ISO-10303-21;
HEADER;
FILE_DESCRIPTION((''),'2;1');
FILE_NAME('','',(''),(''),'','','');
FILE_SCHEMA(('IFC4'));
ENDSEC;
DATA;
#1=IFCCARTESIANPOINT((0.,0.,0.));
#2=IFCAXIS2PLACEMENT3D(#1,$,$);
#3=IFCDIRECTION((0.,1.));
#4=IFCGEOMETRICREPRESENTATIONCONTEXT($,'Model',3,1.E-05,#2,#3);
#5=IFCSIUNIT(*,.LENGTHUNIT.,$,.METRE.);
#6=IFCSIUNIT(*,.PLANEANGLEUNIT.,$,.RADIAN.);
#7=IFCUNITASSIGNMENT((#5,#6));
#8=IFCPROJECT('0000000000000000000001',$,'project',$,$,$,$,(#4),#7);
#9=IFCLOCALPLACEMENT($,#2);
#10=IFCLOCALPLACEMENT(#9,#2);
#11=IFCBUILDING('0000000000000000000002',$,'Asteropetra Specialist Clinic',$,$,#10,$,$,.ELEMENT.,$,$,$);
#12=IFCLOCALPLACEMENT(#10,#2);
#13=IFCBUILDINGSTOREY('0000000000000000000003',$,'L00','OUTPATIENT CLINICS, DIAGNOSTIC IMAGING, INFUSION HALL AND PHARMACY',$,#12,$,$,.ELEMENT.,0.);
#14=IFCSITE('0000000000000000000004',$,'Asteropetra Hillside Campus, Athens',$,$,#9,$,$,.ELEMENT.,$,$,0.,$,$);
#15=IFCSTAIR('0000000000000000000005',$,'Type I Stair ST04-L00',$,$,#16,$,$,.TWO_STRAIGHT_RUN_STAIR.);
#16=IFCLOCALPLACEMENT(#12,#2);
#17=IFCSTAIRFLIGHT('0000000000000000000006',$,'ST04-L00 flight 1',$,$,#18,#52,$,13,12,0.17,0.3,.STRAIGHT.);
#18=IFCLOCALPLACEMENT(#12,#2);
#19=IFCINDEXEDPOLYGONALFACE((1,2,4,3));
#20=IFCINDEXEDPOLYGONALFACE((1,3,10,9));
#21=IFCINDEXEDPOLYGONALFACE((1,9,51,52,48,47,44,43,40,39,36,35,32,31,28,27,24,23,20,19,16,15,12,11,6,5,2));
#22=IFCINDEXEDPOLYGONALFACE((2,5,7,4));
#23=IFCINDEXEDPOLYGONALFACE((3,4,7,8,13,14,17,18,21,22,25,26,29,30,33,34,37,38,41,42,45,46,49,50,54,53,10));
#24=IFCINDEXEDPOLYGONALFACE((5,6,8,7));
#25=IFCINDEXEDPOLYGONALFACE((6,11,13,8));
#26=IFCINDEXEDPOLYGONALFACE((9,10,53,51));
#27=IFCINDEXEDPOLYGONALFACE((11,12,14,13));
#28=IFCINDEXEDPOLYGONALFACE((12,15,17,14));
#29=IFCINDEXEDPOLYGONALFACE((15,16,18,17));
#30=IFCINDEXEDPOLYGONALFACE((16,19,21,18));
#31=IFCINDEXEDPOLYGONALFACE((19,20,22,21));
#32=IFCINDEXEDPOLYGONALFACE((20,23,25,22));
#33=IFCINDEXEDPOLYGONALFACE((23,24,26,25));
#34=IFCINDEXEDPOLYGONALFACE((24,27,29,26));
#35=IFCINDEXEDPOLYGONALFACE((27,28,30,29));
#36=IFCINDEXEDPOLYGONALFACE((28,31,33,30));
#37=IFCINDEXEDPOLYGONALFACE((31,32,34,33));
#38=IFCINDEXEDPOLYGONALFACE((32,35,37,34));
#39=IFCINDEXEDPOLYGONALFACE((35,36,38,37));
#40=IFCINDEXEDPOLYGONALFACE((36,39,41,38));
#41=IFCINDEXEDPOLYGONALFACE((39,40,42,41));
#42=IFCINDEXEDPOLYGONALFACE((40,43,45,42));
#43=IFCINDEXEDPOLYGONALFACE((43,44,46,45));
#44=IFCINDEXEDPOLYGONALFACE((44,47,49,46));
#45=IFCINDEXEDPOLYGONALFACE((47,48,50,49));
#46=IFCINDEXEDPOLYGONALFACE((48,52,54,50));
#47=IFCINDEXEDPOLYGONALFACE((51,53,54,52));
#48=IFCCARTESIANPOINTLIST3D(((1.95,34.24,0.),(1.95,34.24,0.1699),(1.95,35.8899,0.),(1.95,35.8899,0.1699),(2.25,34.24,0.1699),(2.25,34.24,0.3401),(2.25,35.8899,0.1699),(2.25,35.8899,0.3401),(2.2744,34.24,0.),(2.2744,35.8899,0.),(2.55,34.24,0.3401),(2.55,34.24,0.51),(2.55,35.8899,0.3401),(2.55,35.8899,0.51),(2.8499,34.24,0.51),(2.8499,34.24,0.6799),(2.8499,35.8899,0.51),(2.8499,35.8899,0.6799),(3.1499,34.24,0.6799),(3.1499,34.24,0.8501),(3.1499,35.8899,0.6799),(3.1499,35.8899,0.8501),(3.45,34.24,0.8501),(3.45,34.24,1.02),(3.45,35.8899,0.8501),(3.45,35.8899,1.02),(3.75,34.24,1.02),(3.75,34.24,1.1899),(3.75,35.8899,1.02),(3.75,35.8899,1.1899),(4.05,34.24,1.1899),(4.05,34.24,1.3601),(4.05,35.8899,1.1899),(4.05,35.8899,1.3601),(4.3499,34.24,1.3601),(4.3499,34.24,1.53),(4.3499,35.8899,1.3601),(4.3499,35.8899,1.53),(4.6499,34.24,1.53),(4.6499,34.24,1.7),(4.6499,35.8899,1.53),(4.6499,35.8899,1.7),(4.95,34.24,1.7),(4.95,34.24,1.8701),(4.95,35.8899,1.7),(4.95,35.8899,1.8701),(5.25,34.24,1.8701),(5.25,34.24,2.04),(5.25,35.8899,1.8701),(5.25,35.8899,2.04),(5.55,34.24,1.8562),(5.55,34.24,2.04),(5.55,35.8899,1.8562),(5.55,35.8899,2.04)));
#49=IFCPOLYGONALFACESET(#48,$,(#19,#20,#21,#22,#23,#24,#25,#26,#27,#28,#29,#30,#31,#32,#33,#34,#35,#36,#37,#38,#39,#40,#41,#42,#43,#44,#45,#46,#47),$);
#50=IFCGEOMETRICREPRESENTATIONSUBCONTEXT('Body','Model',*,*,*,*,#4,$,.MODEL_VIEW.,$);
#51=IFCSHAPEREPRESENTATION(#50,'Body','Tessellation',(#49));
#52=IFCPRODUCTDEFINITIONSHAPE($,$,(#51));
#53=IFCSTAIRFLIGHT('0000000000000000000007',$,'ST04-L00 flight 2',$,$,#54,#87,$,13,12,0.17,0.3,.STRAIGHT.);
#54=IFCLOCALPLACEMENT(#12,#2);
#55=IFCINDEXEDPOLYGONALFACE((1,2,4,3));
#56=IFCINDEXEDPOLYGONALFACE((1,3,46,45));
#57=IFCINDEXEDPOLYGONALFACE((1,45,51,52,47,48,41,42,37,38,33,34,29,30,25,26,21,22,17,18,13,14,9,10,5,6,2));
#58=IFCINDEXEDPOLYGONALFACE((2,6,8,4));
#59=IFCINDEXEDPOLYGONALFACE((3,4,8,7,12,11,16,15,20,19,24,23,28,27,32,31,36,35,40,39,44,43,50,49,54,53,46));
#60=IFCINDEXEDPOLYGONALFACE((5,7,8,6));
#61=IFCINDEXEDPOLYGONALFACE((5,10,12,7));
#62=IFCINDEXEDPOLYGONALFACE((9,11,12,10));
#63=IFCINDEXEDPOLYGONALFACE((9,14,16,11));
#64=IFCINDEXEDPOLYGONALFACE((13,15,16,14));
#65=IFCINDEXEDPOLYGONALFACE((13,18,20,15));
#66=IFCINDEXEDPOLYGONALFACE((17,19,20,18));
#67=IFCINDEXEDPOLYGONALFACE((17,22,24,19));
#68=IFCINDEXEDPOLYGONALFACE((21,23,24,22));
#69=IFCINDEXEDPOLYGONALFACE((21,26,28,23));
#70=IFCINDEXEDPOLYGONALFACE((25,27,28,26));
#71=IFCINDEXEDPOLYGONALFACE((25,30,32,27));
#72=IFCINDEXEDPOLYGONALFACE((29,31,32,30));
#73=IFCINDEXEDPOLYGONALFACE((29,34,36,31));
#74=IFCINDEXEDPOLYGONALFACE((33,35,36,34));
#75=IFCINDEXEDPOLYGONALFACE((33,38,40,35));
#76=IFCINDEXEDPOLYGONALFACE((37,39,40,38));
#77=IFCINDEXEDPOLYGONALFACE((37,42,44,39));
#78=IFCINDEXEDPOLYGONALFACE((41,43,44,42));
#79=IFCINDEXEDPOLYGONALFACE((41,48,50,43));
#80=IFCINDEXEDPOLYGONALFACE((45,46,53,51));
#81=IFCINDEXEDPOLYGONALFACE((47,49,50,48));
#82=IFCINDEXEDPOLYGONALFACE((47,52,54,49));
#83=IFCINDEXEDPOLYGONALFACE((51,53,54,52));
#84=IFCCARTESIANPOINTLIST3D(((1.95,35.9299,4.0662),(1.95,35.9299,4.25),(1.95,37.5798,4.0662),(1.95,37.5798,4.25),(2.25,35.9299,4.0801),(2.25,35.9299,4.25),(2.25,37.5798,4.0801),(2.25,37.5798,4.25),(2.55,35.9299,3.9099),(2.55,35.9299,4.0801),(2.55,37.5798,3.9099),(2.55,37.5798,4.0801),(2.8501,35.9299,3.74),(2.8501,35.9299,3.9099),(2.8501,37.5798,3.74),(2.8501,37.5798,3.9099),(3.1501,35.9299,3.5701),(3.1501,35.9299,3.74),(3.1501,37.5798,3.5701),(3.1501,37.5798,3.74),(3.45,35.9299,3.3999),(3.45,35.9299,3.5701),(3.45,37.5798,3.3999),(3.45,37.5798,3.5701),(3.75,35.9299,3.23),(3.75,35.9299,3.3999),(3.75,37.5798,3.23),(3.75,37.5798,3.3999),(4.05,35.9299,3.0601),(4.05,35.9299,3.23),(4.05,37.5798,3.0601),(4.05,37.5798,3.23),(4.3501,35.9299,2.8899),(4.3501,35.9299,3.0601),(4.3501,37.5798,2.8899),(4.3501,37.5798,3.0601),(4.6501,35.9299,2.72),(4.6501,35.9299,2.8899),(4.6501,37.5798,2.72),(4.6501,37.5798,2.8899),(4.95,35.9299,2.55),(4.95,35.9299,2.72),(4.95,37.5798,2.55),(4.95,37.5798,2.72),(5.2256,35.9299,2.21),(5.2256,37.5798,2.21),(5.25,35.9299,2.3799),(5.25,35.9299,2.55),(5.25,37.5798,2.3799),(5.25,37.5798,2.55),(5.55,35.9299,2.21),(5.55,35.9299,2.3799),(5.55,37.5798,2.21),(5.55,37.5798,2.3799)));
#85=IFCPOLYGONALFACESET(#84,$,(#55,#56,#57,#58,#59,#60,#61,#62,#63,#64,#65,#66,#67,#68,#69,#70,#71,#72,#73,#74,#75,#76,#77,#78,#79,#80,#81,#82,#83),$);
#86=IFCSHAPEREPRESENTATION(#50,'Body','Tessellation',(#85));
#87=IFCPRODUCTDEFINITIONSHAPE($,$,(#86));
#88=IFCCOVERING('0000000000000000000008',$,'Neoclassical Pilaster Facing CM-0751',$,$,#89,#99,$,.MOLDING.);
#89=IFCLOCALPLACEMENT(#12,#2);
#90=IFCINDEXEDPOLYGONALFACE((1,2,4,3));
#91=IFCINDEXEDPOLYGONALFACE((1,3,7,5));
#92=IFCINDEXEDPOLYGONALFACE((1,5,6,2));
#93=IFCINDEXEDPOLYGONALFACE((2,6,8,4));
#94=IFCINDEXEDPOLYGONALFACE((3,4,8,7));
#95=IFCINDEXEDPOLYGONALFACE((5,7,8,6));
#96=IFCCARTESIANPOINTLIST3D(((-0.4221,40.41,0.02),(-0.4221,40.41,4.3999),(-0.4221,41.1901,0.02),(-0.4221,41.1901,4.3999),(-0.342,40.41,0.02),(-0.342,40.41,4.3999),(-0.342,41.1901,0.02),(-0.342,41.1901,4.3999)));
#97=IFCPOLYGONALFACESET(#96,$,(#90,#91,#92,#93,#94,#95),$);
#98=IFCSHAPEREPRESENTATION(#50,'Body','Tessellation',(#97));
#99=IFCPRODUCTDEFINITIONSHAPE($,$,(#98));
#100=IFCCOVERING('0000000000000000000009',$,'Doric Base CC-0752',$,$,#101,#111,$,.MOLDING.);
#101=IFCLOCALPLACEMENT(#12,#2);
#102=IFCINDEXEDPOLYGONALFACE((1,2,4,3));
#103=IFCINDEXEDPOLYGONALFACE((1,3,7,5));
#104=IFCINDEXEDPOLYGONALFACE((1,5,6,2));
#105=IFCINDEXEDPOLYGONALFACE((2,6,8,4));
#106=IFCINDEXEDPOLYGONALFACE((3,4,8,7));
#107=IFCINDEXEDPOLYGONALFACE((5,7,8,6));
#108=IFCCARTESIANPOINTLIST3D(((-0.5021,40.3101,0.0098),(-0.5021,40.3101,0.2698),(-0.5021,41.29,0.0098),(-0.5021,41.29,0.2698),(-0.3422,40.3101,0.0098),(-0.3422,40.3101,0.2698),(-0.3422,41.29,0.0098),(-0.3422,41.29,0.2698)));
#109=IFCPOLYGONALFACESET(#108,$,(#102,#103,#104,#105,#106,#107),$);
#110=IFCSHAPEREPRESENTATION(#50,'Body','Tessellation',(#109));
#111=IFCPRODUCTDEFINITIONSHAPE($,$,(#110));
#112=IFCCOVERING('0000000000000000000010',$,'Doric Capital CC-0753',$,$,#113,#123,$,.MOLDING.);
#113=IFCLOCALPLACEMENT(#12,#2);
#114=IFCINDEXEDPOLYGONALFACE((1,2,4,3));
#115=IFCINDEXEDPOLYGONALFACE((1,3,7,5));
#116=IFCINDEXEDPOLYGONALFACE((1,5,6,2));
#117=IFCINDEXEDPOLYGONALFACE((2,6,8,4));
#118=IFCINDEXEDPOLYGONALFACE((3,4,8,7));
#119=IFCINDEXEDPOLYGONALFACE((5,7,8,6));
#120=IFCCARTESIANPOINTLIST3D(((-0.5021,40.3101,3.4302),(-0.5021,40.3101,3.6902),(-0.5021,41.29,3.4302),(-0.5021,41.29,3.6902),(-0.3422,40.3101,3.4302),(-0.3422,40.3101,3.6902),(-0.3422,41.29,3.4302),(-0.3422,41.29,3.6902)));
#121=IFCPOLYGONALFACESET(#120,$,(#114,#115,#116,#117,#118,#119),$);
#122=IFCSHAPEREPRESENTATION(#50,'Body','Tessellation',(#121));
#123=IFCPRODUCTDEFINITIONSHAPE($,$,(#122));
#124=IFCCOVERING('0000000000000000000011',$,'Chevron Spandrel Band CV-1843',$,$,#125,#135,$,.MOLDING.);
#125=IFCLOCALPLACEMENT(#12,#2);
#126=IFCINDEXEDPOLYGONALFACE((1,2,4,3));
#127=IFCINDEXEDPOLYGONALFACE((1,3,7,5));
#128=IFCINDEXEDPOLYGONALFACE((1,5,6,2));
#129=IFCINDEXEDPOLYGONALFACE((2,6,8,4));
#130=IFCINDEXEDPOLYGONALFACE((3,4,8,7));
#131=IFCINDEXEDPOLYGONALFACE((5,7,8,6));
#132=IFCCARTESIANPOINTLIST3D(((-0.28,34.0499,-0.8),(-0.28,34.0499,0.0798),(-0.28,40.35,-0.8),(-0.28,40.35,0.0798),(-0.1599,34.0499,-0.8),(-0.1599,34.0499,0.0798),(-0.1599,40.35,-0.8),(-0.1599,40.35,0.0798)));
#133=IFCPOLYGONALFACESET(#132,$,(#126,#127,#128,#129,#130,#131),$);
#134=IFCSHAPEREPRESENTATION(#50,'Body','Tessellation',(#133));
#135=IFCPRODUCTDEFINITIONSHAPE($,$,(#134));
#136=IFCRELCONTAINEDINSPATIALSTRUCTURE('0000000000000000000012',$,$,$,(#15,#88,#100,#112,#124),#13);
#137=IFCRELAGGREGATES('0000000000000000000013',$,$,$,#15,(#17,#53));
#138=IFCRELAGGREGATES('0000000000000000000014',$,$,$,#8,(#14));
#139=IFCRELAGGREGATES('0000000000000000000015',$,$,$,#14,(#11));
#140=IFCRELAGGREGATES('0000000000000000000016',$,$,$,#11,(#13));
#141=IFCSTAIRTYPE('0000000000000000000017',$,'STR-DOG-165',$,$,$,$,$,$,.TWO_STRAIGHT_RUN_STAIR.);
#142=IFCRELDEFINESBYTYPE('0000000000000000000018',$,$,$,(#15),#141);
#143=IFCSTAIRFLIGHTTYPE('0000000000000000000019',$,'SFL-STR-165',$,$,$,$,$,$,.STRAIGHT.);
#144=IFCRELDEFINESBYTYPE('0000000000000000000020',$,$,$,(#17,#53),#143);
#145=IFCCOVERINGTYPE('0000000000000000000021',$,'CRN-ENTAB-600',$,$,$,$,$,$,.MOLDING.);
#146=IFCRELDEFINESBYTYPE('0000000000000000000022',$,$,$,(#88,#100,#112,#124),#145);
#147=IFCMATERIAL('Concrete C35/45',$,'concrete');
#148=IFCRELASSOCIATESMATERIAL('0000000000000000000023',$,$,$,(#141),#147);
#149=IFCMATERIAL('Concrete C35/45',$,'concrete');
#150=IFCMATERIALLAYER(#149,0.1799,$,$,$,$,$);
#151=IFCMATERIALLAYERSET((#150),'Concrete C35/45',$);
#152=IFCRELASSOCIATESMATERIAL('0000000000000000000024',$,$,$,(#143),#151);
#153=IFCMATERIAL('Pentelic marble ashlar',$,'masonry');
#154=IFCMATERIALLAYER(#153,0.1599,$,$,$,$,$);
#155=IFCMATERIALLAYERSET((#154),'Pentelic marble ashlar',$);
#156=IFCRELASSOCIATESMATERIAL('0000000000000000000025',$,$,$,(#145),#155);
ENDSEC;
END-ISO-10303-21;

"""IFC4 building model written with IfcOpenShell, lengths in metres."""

from ifc_helpers import new_model, si_unit, direction, frame, origin, origin_2d, place, context, subcontext, project, spatial, polyline, rectangle, outline, extrude, material, layer, layer_set, type_object, element, aggregate, save


model = new_model("IFC4")

# Units and contexts
model_context = context("Model", 3, precision=1e-05, world=origin(), true_north=direction((0.0, 1.0)))
body_context = subcontext(model_context, "Body", "Model", "MODEL_VIEW")
ifc_project = project(units=[si_unit("LENGTHUNIT", "METRE"), si_unit("PLANEANGLEUNIT", "RADIAN")], contexts=[model_context])

# Site, building, storey
site_placement = place(None, origin())
site = spatial("IfcSite", under=ifc_project, at=site_placement, Name="Asteropetra Hillside Campus, Athens", CompositionType="ELEMENT", RefElevation=0.0)
building_placement = place(site_placement, origin())
building = spatial("IfcBuilding", under=site, at=building_placement, Name="Asteropetra Specialist Clinic", CompositionType="ELEMENT")
storey_placement = place(building_placement, origin())
storey = spatial("IfcBuildingStorey", under=building, at=storey_placement, Name="L00", Description="OUTPATIENT CLINICS, DIAGNOSTIC IMAGING, INFUSION HALL AND PHARMACY", CompositionType="ELEMENT", Elevation=0.0)

# Stair, stair flights
ifc_material_1 = material(Name="Concrete C35/45", Category="concrete")
stair_type = type_object("IfcStairType", Name="STR-DOG-165", PredefinedType="TWO_STRAIGHT_RUN_STAIR", material=ifc_material_1)
stair_placement = place(storey_placement, origin())
stair = element("IfcStair", 1, at=stair_placement, inside=storey, type_object=stair_type, Name="Type I Stair ST04-L00", PredefinedType="TWO_STRAIGHT_RUN_STAIR")
ifc_material_2 = material(Name="Concrete C35/45", Category="concrete")
ifc_layer_1 = layer(ifc_material_2, 0.1799)
ifc_layer_set_1 = layer_set([ifc_layer_1], Name="Concrete C35/45")
stair_flight_type = type_object("IfcStairFlightType", Name="SFL-STR-165", PredefinedType="STRAIGHT", material=ifc_layer_set_1)
stair_flight_1_placement = place(storey_placement, frame((1.95, 35.0649, 0.0), z_axis=(0.0, 0.0, 1.0), x_axis=(1.0, 0.0, 0.0)))
stair_flight_1 = element("IfcStairFlight", 2, at=stair_flight_1_placement, type_object=stair_flight_type, Name="ST04-L00 flight 1", NumberOfRisers=13, NumberOfTreads=12, PredefinedType="STRAIGHT", RiserHeight=0.17, TreadLength=0.3, context=body_context, shape_type="SweptSolid", body=[
    extrude(outline(polyline([(0.0, 0.0), (0.0, 0.1699), (0.3, 0.1699), (0.3, 0.3401), (0.6001, 0.3401), (0.6001, 0.51), (0.8999, 0.51), (0.8999, 0.6799), (1.2, 0.6799), (1.2, 0.8501), (1.5, 0.8501), (1.5, 1.02), (1.8, 1.02), (1.8, 1.1899), (2.1001, 1.1899), (2.1001, 1.3601), (2.3999, 1.3601), (2.3999, 1.53), (2.7, 1.53), (2.7, 1.7), (3.0, 1.7), (3.0, 1.8701), (3.3, 1.8701), (3.3, 2.04), (3.6001, 2.04), (3.6001, 2.21), (3.6001, 1.8562), (0.3245, 0.0), (0.0, 0.0)])), frame((0.0, 0.825, 0.0), z_axis=(0.0, -1.0, 0.0), x_axis=(1.0, 0.0, 0.0)), (0.0, 0.0, 1.0), 1.6499),
])
stair_flight_2_placement = place(storey_placement, frame((5.55, 36.7549, 2.21), z_axis=(0.0, 0.0, 1.0), x_axis=(-1.0, 0.0, 0.0)))
stair_flight_2 = element("IfcStairFlight", 3, at=stair_flight_2_placement, type_object=stair_flight_type, Name="ST04-L00 flight 2", NumberOfRisers=13, NumberOfTreads=12, PredefinedType="STRAIGHT", RiserHeight=0.17, TreadLength=0.3, context=body_context, shape_type="SweptSolid", body=[
    extrude(outline(polyline([(0.0, 0.0), (0.0, 0.1699), (0.3, 0.1699), (0.3, 0.3401), (0.6001, 0.3401), (0.6001, 0.51), (0.8999, 0.51), (0.8999, 0.6799), (1.2, 0.6799), (1.2, 0.8501), (1.5, 0.8501), (1.5, 1.02), (1.8, 1.02), (1.8, 1.1899), (2.1001, 1.1899), (2.1001, 1.3601), (2.3999, 1.3601), (2.3999, 1.53), (2.7, 1.53), (2.7, 1.7), (3.0, 1.7), (3.0, 1.8701), (3.3, 1.8701), (3.3, 2.04), (3.6001, 2.04), (3.6001, 2.21), (3.6001, 1.8562), (0.3245, 0.0), (0.0, 0.0)])), frame((0.0, 0.825, 0.0), z_axis=(0.0, -1.0, 0.0), x_axis=(1.0, 0.0, 0.0)), (0.0, 0.0, 1.0), 1.6499),
])
aggregate(stair, [stair_flight_1, stair_flight_2])

# Coverings
ifc_material_3 = material(Name="Pentelic marble ashlar", Category="masonry")
ifc_layer_2 = layer(ifc_material_3, 0.1599)
ifc_layer_set_2 = layer_set([ifc_layer_2], Name="Pentelic marble ashlar")
covering_type = type_object("IfcCoveringType", Name="CRN-ENTAB-600", PredefinedType="MOLDING", material=ifc_layer_set_2)
covering_1_placement = place(storey_placement, frame((-0.3821, 40.8, 0.02), z_axis=(0.0, 0.0, 1.0), x_axis=(1.0, 0.0, 0.0)))
element("IfcCovering", 4, at=covering_1_placement, inside=storey, type_object=covering_type, Name="Neoclassical Pilaster Facing CM-0751", PredefinedType="MOLDING", context=body_context, shape_type="SweptSolid", body=[
    extrude(rectangle(XDim=0.0801, YDim=0.78, at=origin_2d()), origin(), (0.0, 0.0, 1.0), 4.3799),
])
for number, where, z_axis, x_axis, name in (
    (5, (-0.4221, 40.8, 0.0098), (0.0, 0.0, 1.0), (1.0, 0.0, 0.0), "Doric Base CC-0752"),
    (6, (-0.4221, 40.8, 3.4302), (0.0, 0.0, 1.0), (1.0, 0.0, 0.0), "Doric Capital CC-0753"),
):
    element("IfcCovering", number, at=place(storey_placement, frame(where, z_axis=z_axis, x_axis=x_axis)), inside=storey, type_object=covering_type, Name=name, PredefinedType="MOLDING", context=body_context, shape_type="SweptSolid", body=[
        extrude(rectangle(XDim=0.1599, YDim=0.98, at=origin_2d()), origin(), (0.0, 0.0, 1.0), 0.26),
    ])
covering_2_placement = place(storey_placement, frame((-0.22, 37.2, -0.8), z_axis=(0.0, 0.0, 1.0), x_axis=(1.0, 0.0, 0.0)))
element("IfcCovering", 7, at=covering_2_placement, inside=storey, type_object=covering_type, Name="Chevron Spandrel Band CV-1843", PredefinedType="MOLDING", context=body_context, shape_type="SweptSolid", body=[
    extrude(rectangle(XDim=0.1201, YDim=6.3, at=origin_2d()), origin(), (0.0, 0.0, 1.0), 0.8799),
])

save(model, "model.ifc")
